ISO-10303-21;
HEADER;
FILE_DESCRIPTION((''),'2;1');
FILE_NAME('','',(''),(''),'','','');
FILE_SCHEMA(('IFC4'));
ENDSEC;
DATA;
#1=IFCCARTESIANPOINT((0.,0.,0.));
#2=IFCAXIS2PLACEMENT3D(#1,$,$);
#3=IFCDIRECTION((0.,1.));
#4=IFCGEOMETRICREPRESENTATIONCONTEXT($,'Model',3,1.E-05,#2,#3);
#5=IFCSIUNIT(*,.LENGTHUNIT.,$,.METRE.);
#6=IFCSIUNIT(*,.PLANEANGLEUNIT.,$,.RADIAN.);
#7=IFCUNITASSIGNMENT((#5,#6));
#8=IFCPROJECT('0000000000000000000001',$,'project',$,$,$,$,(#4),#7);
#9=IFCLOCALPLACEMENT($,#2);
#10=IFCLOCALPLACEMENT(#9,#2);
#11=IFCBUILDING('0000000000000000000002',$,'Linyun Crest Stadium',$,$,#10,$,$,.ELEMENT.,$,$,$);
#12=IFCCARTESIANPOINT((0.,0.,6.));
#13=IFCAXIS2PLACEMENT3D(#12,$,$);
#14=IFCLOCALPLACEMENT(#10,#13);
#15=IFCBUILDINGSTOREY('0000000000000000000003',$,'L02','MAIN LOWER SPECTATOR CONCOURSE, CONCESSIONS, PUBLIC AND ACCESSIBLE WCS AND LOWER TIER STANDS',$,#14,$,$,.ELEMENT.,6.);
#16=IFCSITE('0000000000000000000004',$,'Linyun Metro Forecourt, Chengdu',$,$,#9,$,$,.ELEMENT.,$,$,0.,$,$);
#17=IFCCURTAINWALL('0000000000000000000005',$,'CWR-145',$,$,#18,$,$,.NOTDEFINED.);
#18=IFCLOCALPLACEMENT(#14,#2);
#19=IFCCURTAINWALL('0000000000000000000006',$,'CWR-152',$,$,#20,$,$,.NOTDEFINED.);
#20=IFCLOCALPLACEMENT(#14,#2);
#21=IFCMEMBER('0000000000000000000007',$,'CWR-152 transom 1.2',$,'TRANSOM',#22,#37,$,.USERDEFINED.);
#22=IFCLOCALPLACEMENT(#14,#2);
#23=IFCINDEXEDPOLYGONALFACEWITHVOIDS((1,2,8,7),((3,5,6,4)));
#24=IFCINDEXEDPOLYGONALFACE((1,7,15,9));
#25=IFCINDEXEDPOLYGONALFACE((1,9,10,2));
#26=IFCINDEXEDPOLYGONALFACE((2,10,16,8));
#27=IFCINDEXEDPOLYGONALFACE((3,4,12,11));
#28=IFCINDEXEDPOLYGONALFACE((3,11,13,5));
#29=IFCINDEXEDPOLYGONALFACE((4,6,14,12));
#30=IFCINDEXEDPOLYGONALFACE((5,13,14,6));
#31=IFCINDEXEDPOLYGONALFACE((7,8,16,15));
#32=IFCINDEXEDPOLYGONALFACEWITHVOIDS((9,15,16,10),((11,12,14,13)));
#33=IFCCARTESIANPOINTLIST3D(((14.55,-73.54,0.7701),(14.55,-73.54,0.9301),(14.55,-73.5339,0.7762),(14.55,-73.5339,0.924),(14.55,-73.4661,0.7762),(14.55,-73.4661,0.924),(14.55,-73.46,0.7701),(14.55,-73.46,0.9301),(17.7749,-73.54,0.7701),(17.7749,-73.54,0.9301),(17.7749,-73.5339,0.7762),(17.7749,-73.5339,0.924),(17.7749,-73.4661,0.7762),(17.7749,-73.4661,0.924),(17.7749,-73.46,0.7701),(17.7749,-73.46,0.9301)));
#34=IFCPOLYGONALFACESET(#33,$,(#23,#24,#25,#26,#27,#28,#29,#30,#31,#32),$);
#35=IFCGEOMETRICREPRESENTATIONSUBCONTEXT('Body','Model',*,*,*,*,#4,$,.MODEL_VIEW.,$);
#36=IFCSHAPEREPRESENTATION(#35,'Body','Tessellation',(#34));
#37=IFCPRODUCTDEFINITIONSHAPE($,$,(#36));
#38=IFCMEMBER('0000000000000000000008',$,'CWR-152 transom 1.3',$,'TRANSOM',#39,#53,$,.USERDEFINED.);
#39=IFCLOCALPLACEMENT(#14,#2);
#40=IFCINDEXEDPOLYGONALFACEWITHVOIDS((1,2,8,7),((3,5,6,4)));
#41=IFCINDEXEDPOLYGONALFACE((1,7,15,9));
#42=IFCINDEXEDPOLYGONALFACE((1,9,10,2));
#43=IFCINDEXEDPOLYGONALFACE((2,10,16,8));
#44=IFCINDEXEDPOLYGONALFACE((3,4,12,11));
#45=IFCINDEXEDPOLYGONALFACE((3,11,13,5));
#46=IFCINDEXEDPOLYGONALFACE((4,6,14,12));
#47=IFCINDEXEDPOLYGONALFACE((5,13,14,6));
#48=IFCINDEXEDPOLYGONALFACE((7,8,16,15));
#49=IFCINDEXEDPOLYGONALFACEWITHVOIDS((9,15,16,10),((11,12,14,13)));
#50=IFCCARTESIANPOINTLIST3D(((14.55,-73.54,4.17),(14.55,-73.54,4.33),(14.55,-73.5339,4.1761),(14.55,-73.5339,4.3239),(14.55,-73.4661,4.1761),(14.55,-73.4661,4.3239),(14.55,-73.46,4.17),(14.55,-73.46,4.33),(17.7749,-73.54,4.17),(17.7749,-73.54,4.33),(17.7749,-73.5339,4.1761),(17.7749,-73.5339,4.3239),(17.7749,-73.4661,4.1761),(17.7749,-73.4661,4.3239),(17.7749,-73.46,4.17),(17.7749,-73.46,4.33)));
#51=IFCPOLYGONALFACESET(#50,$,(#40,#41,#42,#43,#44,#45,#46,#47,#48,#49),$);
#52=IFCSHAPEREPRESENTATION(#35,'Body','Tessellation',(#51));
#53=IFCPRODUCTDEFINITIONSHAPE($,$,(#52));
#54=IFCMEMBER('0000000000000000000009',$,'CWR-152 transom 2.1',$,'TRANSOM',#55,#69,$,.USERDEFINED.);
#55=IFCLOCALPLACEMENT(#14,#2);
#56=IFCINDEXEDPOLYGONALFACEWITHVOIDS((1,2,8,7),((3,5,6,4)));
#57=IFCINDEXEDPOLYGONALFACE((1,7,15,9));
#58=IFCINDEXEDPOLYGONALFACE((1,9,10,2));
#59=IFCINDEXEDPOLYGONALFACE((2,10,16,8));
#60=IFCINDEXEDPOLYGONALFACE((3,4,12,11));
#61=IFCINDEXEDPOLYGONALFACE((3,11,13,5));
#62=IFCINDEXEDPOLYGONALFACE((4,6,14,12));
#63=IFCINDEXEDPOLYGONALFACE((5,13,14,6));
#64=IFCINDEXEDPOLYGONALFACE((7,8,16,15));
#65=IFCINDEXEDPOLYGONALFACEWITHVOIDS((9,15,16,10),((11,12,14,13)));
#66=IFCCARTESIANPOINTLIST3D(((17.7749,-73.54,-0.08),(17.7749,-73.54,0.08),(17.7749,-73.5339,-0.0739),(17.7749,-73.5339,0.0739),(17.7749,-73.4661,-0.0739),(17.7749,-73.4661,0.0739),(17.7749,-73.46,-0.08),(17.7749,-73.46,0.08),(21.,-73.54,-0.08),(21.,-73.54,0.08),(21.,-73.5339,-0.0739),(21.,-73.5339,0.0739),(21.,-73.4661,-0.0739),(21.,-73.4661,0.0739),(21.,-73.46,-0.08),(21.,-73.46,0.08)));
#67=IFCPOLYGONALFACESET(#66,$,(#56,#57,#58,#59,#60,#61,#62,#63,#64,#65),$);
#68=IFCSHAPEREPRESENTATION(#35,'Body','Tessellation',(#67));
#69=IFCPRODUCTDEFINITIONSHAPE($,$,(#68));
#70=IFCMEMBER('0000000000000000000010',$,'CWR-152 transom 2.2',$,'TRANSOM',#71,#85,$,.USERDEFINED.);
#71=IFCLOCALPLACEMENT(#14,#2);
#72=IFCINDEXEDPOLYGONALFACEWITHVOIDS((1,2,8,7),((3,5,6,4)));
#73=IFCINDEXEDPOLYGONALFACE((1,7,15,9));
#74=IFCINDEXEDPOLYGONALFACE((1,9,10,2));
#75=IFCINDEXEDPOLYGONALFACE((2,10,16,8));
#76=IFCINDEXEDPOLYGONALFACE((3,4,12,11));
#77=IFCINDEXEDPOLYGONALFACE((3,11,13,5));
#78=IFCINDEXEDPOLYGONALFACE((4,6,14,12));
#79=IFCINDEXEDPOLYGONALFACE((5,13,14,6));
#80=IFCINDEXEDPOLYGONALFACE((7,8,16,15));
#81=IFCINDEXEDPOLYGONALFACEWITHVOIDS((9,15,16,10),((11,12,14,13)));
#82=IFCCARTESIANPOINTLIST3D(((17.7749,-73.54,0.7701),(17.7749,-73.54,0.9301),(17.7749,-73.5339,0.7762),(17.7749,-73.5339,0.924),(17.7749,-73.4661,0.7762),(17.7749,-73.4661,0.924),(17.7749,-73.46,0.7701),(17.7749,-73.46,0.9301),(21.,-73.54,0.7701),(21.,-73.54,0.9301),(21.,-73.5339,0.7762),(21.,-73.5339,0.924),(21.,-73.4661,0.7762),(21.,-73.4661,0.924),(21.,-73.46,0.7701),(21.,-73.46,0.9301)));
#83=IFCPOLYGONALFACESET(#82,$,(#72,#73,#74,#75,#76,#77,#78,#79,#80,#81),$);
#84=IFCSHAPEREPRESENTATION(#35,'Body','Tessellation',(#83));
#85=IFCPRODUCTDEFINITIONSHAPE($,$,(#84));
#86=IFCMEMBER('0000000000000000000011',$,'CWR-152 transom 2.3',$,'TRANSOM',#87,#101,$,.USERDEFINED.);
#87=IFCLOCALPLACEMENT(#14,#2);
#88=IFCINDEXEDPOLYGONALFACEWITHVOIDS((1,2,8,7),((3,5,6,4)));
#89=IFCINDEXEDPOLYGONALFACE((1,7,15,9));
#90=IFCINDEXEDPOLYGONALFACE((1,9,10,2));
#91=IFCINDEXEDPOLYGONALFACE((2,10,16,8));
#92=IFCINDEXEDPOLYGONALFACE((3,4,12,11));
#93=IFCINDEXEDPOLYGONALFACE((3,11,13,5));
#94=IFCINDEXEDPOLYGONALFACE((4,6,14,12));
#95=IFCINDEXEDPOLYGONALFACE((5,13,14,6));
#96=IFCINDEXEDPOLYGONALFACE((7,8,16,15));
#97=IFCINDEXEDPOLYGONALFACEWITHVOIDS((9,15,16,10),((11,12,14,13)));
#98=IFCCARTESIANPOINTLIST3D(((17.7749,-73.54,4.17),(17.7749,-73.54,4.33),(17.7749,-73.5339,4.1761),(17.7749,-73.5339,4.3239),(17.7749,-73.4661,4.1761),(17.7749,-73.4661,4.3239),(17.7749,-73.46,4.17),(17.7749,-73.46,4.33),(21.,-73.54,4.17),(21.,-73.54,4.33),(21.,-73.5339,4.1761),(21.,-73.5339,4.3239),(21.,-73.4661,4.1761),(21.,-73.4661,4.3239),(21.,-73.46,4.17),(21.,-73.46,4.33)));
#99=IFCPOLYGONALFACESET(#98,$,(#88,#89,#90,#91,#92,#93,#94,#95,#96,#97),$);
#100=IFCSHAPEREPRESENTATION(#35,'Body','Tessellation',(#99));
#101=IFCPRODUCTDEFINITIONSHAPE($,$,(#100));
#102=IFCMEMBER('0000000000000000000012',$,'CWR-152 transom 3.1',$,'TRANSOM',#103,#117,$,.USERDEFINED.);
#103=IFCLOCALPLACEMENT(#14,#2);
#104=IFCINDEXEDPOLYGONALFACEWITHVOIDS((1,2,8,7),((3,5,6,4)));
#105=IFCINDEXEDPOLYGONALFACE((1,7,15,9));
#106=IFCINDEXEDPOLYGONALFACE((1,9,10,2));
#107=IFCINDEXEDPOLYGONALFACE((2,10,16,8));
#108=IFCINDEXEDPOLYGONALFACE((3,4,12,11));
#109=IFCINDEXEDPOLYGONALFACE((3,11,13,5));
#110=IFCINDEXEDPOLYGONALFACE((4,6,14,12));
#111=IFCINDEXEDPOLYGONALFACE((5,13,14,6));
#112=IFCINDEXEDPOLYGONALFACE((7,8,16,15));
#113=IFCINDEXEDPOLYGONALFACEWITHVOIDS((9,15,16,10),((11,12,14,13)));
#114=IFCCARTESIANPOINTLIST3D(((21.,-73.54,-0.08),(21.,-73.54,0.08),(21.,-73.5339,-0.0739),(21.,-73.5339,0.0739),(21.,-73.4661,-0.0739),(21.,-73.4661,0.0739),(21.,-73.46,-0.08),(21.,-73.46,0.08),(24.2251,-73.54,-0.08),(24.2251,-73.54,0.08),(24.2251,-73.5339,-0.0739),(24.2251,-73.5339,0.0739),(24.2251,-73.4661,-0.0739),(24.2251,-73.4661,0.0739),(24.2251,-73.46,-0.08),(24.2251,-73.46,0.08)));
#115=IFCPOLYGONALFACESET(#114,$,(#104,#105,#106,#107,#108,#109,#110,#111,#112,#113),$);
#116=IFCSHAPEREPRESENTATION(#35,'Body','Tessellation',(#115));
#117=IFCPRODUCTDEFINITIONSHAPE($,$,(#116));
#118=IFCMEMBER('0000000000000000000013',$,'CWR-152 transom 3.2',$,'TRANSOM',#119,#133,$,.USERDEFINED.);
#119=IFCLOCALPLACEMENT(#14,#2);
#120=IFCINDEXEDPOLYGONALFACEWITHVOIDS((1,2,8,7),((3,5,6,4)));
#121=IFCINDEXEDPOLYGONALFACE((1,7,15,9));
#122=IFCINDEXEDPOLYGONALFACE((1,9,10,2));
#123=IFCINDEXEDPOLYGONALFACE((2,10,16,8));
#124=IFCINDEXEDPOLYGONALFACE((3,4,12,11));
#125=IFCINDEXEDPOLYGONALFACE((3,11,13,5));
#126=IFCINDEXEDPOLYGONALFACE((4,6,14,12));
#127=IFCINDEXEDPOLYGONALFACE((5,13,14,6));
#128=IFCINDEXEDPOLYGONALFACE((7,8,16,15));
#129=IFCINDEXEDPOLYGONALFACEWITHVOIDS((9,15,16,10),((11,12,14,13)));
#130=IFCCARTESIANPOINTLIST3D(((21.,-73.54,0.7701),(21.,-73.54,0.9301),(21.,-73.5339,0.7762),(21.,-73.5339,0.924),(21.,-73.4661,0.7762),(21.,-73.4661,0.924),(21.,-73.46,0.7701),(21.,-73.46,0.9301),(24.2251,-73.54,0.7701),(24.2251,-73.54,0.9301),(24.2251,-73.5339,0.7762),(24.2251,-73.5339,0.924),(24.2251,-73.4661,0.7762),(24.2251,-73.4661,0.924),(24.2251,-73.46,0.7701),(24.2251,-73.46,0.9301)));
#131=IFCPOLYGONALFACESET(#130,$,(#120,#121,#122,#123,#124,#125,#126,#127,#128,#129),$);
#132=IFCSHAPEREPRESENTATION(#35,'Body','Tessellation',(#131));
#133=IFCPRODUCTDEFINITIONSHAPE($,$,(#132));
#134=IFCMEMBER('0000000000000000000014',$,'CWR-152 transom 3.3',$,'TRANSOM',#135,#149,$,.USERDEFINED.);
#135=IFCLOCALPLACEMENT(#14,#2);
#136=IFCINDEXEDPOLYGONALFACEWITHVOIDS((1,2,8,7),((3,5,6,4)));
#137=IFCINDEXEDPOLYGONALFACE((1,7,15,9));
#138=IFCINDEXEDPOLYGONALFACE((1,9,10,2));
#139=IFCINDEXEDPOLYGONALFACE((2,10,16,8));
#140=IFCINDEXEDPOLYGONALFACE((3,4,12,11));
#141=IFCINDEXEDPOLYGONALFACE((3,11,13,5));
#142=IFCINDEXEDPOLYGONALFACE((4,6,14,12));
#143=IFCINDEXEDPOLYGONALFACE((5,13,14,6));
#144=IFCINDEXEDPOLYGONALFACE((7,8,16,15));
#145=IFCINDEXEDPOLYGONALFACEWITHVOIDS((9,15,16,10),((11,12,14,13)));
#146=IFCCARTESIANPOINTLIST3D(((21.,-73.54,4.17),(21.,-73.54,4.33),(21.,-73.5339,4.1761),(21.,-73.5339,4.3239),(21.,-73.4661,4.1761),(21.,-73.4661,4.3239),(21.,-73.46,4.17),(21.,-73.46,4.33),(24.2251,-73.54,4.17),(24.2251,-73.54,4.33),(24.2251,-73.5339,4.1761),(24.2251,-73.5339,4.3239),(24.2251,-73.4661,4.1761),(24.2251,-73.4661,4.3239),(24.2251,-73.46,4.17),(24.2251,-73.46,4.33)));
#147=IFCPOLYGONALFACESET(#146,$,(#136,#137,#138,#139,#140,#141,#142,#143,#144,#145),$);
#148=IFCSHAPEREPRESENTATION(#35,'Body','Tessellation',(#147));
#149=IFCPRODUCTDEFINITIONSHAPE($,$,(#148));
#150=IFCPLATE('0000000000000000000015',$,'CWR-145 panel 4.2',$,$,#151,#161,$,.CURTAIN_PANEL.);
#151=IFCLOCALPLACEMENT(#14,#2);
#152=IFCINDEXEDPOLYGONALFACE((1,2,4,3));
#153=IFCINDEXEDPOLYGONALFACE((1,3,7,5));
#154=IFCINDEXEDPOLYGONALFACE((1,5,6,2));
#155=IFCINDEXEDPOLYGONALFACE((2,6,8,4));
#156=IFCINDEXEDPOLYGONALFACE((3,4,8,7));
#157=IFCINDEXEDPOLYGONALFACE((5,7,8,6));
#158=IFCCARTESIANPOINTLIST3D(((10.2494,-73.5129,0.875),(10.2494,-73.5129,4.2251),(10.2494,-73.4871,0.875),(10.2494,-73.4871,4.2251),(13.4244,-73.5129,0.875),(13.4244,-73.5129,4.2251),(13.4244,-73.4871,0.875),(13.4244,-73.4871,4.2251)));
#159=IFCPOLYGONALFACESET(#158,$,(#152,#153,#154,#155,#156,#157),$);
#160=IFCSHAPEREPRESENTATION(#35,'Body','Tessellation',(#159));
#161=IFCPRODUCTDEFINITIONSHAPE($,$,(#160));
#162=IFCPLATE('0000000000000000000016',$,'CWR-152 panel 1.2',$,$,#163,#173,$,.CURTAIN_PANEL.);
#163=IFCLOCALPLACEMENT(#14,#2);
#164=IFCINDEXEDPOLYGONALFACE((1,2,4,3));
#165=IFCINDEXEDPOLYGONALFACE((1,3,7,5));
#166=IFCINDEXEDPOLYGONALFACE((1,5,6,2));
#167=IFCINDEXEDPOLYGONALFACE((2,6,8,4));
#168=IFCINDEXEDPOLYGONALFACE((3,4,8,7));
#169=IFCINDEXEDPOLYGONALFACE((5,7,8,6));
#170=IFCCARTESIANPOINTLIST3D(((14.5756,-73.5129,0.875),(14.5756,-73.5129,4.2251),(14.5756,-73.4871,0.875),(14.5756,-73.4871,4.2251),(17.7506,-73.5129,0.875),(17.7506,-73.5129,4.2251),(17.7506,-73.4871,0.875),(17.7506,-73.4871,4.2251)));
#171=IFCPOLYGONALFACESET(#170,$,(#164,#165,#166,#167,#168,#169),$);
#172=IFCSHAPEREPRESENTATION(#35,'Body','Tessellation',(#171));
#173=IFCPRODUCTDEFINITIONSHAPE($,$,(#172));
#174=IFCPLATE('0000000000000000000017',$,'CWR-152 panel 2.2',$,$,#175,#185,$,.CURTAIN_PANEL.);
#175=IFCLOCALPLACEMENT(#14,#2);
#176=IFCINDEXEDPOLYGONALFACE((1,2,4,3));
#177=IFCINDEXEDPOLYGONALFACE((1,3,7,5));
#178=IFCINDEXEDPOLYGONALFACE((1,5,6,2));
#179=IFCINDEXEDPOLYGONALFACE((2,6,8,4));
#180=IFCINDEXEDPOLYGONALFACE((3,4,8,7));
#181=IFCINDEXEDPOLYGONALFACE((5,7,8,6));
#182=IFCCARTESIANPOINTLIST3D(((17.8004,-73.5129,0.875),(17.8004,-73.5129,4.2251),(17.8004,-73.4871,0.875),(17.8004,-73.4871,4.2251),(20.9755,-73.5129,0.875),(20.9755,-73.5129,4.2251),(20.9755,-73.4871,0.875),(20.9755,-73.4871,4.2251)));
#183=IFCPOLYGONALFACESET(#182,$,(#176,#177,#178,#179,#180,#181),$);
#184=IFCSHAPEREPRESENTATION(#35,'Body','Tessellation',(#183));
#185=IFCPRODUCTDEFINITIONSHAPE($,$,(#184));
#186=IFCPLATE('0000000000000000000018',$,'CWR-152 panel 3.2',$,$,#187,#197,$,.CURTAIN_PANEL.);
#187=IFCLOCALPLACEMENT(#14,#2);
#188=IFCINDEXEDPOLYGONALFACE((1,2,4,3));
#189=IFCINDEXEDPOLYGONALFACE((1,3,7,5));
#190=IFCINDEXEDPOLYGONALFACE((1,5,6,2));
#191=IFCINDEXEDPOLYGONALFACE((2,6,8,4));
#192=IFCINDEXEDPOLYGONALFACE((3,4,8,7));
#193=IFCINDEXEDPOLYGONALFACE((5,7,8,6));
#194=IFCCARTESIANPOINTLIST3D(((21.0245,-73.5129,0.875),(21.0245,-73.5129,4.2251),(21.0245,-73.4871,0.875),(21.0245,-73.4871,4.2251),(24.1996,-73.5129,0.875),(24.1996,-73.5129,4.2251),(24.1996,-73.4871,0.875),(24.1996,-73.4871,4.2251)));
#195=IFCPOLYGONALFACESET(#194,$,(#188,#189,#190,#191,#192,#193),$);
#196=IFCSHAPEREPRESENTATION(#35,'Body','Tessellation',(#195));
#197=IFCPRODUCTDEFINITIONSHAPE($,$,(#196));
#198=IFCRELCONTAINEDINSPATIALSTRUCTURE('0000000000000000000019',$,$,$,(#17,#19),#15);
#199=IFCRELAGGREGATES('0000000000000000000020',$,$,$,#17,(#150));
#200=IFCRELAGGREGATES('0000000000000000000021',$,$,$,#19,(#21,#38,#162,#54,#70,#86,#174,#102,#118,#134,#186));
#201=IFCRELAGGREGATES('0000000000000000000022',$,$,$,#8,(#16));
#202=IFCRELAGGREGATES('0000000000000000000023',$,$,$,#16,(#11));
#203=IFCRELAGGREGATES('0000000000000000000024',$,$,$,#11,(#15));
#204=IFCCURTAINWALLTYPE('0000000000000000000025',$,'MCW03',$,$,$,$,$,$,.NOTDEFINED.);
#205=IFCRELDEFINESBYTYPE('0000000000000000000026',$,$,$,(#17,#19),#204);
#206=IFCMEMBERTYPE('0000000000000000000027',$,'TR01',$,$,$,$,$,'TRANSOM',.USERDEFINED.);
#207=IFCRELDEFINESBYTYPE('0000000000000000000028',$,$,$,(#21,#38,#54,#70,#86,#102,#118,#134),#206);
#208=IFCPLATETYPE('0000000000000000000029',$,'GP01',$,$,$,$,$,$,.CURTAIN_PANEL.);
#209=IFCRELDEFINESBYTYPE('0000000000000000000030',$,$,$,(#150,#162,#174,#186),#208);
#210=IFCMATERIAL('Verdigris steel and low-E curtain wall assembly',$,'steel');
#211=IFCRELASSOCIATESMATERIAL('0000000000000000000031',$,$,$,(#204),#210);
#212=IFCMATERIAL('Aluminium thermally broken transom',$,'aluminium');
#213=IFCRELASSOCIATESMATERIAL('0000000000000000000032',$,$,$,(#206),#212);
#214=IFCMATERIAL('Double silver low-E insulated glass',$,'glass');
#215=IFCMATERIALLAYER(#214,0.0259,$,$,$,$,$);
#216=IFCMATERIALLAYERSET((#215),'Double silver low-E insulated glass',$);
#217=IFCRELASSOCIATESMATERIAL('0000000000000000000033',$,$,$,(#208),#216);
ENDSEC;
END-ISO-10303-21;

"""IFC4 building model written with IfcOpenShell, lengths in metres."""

from ifc_helpers import new_model, si_unit, direction, frame, origin, origin_2d, place, context, subcontext, project, spatial, rectangle, hollow_rectangle, extrude, material, layer, layer_set, material_profile, profile_set, type_object, element, aggregate, save


model = new_model("IFC4")

# Units and contexts
model_context = context("Model", 3, precision=1e-05, world=origin(), true_north=direction((0.0, 1.0)))
body_context = subcontext(model_context, "Body", "Model", "MODEL_VIEW")
ifc_project = project(units=[si_unit("LENGTHUNIT", "METRE"), si_unit("PLANEANGLEUNIT", "RADIAN")], contexts=[model_context])

# Site, building, storey
site_placement = place(None, origin())
site = spatial("IfcSite", under=ifc_project, at=site_placement, Name="Linyun Metro Forecourt, Chengdu", CompositionType="ELEMENT", RefElevation=0.0)
building_placement = place(site_placement, origin())
building = spatial("IfcBuilding", under=site, at=building_placement, Name="Linyun Crest Stadium", CompositionType="ELEMENT")
storey_placement = place(building_placement, frame((0.0, 0.0, 6.0)))
storey = spatial("IfcBuildingStorey", under=building, at=storey_placement, Name="L02", Description="MAIN LOWER SPECTATOR CONCOURSE, CONCESSIONS, PUBLIC AND ACCESSIBLE WCS AND LOWER TIER STANDS", CompositionType="ELEMENT", Elevation=6.0)

# Curtain walls
ifc_material_1 = material(Name="Verdigris steel and low-E curtain wall assembly", Category="steel")
curtain_wall_type = type_object("IfcCurtainWallType", Name="MCW03", PredefinedType="NOTDEFINED", material=ifc_material_1)
curtain_wall_1_placement = place(storey_placement, origin())
curtain_wall_1 = element("IfcCurtainWall", 1, at=curtain_wall_1_placement, inside=storey, type_object=curtain_wall_type, Name="CWR-145", PredefinedType="NOTDEFINED")
curtain_wall_2_placement = place(storey_placement, origin())
curtain_wall_2 = element("IfcCurtainWall", 2, at=curtain_wall_2_placement, inside=storey, type_object=curtain_wall_type, Name="CWR-152", PredefinedType="NOTDEFINED")

# Members
ifc_material_2 = material(Name="Aluminium thermally broken transom", Category="aluminium")
ifc_material_profile_1 = material_profile(ifc_material_2, hollow_rectangle(XDim=0.0801, YDim=0.1599, WallThickness=0.0061, at=origin_2d()), Name="RHS 160x80x6")
ifc_profile_set_1 = profile_set([ifc_material_profile_1], Name="Aluminium thermally broken transom")
member_type_1 = type_object("IfcMemberType", Name="TR01", ElementType="TRANSOM", PredefinedType="USERDEFINED", material=ifc_profile_set_1)
member_1_placement = place(storey_placement, frame((14.55, -73.5, 0.8501), z_axis=(1.0, 0.0, 0.0), x_axis=(0.0, 1.0, 0.0)))
member_1 = element("IfcMember", 3, at=member_1_placement, type_object=member_type_1, Name="CWR-152 transom 1.2", ObjectType="TRANSOM", PredefinedType="USERDEFINED", context=body_context, shape_type="SweptSolid", body=[
    extrude(hollow_rectangle(XDim=0.0801, YDim=0.1599, WallThickness=0.0061, at=origin_2d()), origin(), (0.0, 0.0, 1.0), 3.2249),
])
member_2_placement = place(storey_placement, frame((14.55, -73.5, 4.25), z_axis=(1.0, 0.0, 0.0), x_axis=(0.0, 1.0, 0.0)))
member_2 = element("IfcMember", 4, at=member_2_placement, type_object=member_type_1, Name="CWR-152 transom 1.3", ObjectType="TRANSOM", PredefinedType="USERDEFINED", context=body_context, shape_type="SweptSolid", body=[
    extrude(hollow_rectangle(XDim=0.0801, YDim=0.1599, WallThickness=0.0061, at=origin_2d()), origin(), (0.0, 0.0, 1.0), 3.2249),
])
member_3_placement = place(storey_placement, frame((17.7749, -73.5, 0.0), z_axis=(1.0, 0.0, 0.0), x_axis=(0.0, 1.0, 0.0)))
member_3 = element("IfcMember", 5, at=member_3_placement, type_object=member_type_1, Name="CWR-152 transom 2.1", ObjectType="TRANSOM", PredefinedType="USERDEFINED", context=body_context, shape_type="SweptSolid", body=[
    extrude(hollow_rectangle(XDim=0.0801, YDim=0.1599, WallThickness=0.0061, at=origin_2d()), origin(), (0.0, 0.0, 1.0), 3.2251),
])
member_4_placement = place(storey_placement, frame((17.7749, -73.5, 0.8501), z_axis=(1.0, 0.0, 0.0), x_axis=(0.0, 1.0, 0.0)))
member_4 = element("IfcMember", 6, at=member_4_placement, type_object=member_type_1, Name="CWR-152 transom 2.2", ObjectType="TRANSOM", PredefinedType="USERDEFINED", context=body_context, shape_type="SweptSolid", body=[
    extrude(hollow_rectangle(XDim=0.0801, YDim=0.1599, WallThickness=0.0061, at=origin_2d()), origin(), (0.0, 0.0, 1.0), 3.2251),
])
member_5_placement = place(storey_placement, frame((17.7749, -73.5, 4.25), z_axis=(1.0, 0.0, 0.0), x_axis=(0.0, 1.0, 0.0)))
member_5 = element("IfcMember", 7, at=member_5_placement, type_object=member_type_1, Name="CWR-152 transom 2.3", ObjectType="TRANSOM", PredefinedType="USERDEFINED", context=body_context, shape_type="SweptSolid", body=[
    extrude(hollow_rectangle(XDim=0.0801, YDim=0.1599, WallThickness=0.0061, at=origin_2d()), origin(), (0.0, 0.0, 1.0), 3.2251),
])
member_6_placement = place(storey_placement, frame((21.0, -73.5, 0.0), z_axis=(1.0, 0.0, 0.0), x_axis=(0.0, 1.0, 0.0)))
member_6 = element("IfcMember", 8, at=member_6_placement, type_object=member_type_1, Name="CWR-152 transom 3.1", ObjectType="TRANSOM", PredefinedType="USERDEFINED", context=body_context, shape_type="SweptSolid", body=[
    extrude(hollow_rectangle(XDim=0.0801, YDim=0.1599, WallThickness=0.0061, at=origin_2d()), origin(), (0.0, 0.0, 1.0), 3.2251),
])
member_7_placement = place(storey_placement, frame((21.0, -73.5, 0.8501), z_axis=(1.0, 0.0, 0.0), x_axis=(0.0, 1.0, 0.0)))
member_7 = element("IfcMember", 9, at=member_7_placement, type_object=member_type_1, Name="CWR-152 transom 3.2", ObjectType="TRANSOM", PredefinedType="USERDEFINED", context=body_context, shape_type="SweptSolid", body=[
    extrude(hollow_rectangle(XDim=0.0801, YDim=0.1599, WallThickness=0.0061, at=origin_2d()), origin(), (0.0, 0.0, 1.0), 3.2251),
])
member_8_placement = place(storey_placement, frame((21.0, -73.5, 4.25), z_axis=(1.0, 0.0, 0.0), x_axis=(0.0, 1.0, 0.0)))
member_8 = element("IfcMember", 10, at=member_8_placement, type_object=member_type_1, Name="CWR-152 transom 3.3", ObjectType="TRANSOM", PredefinedType="USERDEFINED", context=body_context, shape_type="SweptSolid", body=[
    extrude(hollow_rectangle(XDim=0.0801, YDim=0.1599, WallThickness=0.0061, at=origin_2d()), origin(), (0.0, 0.0, 1.0), 3.2251),
])

# Plates
ifc_material_3 = material(Name="Double silver low-E insulated glass", Category="glass")
ifc_layer_1 = layer(ifc_material_3, 0.0259)
ifc_layer_set_1 = layer_set([ifc_layer_1], Name="Double silver low-E insulated glass")
plate_type_1 = type_object("IfcPlateType", Name="GP01", PredefinedType="CURTAIN_PANEL", material=ifc_layer_set_1)
plate_1_placement = place(storey_placement, frame((11.8369, -73.5, 0.875), z_axis=(0.0, 0.0, 1.0), x_axis=(1.0, 0.0, 0.0)))
plate_1 = element("IfcPlate", 11, at=plate_1_placement, type_object=plate_type_1, Name="CWR-145 panel 4.2", PredefinedType="CURTAIN_PANEL", context=body_context, shape_type="SweptSolid", body=[
    extrude(rectangle(XDim=3.175, YDim=0.0259, at=origin_2d()), origin(), (0.0, 0.0, 1.0), 3.3501),
])
plate_2_placement = place(storey_placement, frame((16.1631, -73.5, 0.875), z_axis=(0.0, 0.0, 1.0), x_axis=(1.0, 0.0, 0.0)))
plate_2 = element("IfcPlate", 12, at=plate_2_placement, type_object=plate_type_1, Name="CWR-152 panel 1.2", PredefinedType="CURTAIN_PANEL", context=body_context, shape_type="SweptSolid", body=[
    extrude(rectangle(XDim=3.175, YDim=0.0259, at=origin_2d()), origin(), (0.0, 0.0, 1.0), 3.3501),
])
plate_3_placement = place(storey_placement, frame((19.3879, -73.5, 0.875), z_axis=(0.0, 0.0, 1.0), x_axis=(1.0, 0.0, 0.0)))
plate_3 = element("IfcPlate", 13, at=plate_3_placement, type_object=plate_type_1, Name="CWR-152 panel 2.2", PredefinedType="CURTAIN_PANEL", context=body_context, shape_type="SweptSolid", body=[
    extrude(rectangle(XDim=3.175, YDim=0.0259, at=origin_2d()), origin(), (0.0, 0.0, 1.0), 3.3501),
])
plate_4_placement = place(storey_placement, frame((22.6121, -73.5, 0.875), z_axis=(0.0, 0.0, 1.0), x_axis=(1.0, 0.0, 0.0)))
plate_4 = element("IfcPlate", 14, at=plate_4_placement, type_object=plate_type_1, Name="CWR-152 panel 3.2", PredefinedType="CURTAIN_PANEL", context=body_context, shape_type="SweptSolid", body=[
    extrude(rectangle(XDim=3.175, YDim=0.0259, at=origin_2d()), origin(), (0.0, 0.0, 1.0), 3.3501),
])
aggregate(curtain_wall_1, [plate_1])
aggregate(curtain_wall_2, [member_1, member_2, plate_2, member_3, member_4, member_5, plate_3, member_6, member_7, member_8, plate_4])

save(model, "model.ifc")
